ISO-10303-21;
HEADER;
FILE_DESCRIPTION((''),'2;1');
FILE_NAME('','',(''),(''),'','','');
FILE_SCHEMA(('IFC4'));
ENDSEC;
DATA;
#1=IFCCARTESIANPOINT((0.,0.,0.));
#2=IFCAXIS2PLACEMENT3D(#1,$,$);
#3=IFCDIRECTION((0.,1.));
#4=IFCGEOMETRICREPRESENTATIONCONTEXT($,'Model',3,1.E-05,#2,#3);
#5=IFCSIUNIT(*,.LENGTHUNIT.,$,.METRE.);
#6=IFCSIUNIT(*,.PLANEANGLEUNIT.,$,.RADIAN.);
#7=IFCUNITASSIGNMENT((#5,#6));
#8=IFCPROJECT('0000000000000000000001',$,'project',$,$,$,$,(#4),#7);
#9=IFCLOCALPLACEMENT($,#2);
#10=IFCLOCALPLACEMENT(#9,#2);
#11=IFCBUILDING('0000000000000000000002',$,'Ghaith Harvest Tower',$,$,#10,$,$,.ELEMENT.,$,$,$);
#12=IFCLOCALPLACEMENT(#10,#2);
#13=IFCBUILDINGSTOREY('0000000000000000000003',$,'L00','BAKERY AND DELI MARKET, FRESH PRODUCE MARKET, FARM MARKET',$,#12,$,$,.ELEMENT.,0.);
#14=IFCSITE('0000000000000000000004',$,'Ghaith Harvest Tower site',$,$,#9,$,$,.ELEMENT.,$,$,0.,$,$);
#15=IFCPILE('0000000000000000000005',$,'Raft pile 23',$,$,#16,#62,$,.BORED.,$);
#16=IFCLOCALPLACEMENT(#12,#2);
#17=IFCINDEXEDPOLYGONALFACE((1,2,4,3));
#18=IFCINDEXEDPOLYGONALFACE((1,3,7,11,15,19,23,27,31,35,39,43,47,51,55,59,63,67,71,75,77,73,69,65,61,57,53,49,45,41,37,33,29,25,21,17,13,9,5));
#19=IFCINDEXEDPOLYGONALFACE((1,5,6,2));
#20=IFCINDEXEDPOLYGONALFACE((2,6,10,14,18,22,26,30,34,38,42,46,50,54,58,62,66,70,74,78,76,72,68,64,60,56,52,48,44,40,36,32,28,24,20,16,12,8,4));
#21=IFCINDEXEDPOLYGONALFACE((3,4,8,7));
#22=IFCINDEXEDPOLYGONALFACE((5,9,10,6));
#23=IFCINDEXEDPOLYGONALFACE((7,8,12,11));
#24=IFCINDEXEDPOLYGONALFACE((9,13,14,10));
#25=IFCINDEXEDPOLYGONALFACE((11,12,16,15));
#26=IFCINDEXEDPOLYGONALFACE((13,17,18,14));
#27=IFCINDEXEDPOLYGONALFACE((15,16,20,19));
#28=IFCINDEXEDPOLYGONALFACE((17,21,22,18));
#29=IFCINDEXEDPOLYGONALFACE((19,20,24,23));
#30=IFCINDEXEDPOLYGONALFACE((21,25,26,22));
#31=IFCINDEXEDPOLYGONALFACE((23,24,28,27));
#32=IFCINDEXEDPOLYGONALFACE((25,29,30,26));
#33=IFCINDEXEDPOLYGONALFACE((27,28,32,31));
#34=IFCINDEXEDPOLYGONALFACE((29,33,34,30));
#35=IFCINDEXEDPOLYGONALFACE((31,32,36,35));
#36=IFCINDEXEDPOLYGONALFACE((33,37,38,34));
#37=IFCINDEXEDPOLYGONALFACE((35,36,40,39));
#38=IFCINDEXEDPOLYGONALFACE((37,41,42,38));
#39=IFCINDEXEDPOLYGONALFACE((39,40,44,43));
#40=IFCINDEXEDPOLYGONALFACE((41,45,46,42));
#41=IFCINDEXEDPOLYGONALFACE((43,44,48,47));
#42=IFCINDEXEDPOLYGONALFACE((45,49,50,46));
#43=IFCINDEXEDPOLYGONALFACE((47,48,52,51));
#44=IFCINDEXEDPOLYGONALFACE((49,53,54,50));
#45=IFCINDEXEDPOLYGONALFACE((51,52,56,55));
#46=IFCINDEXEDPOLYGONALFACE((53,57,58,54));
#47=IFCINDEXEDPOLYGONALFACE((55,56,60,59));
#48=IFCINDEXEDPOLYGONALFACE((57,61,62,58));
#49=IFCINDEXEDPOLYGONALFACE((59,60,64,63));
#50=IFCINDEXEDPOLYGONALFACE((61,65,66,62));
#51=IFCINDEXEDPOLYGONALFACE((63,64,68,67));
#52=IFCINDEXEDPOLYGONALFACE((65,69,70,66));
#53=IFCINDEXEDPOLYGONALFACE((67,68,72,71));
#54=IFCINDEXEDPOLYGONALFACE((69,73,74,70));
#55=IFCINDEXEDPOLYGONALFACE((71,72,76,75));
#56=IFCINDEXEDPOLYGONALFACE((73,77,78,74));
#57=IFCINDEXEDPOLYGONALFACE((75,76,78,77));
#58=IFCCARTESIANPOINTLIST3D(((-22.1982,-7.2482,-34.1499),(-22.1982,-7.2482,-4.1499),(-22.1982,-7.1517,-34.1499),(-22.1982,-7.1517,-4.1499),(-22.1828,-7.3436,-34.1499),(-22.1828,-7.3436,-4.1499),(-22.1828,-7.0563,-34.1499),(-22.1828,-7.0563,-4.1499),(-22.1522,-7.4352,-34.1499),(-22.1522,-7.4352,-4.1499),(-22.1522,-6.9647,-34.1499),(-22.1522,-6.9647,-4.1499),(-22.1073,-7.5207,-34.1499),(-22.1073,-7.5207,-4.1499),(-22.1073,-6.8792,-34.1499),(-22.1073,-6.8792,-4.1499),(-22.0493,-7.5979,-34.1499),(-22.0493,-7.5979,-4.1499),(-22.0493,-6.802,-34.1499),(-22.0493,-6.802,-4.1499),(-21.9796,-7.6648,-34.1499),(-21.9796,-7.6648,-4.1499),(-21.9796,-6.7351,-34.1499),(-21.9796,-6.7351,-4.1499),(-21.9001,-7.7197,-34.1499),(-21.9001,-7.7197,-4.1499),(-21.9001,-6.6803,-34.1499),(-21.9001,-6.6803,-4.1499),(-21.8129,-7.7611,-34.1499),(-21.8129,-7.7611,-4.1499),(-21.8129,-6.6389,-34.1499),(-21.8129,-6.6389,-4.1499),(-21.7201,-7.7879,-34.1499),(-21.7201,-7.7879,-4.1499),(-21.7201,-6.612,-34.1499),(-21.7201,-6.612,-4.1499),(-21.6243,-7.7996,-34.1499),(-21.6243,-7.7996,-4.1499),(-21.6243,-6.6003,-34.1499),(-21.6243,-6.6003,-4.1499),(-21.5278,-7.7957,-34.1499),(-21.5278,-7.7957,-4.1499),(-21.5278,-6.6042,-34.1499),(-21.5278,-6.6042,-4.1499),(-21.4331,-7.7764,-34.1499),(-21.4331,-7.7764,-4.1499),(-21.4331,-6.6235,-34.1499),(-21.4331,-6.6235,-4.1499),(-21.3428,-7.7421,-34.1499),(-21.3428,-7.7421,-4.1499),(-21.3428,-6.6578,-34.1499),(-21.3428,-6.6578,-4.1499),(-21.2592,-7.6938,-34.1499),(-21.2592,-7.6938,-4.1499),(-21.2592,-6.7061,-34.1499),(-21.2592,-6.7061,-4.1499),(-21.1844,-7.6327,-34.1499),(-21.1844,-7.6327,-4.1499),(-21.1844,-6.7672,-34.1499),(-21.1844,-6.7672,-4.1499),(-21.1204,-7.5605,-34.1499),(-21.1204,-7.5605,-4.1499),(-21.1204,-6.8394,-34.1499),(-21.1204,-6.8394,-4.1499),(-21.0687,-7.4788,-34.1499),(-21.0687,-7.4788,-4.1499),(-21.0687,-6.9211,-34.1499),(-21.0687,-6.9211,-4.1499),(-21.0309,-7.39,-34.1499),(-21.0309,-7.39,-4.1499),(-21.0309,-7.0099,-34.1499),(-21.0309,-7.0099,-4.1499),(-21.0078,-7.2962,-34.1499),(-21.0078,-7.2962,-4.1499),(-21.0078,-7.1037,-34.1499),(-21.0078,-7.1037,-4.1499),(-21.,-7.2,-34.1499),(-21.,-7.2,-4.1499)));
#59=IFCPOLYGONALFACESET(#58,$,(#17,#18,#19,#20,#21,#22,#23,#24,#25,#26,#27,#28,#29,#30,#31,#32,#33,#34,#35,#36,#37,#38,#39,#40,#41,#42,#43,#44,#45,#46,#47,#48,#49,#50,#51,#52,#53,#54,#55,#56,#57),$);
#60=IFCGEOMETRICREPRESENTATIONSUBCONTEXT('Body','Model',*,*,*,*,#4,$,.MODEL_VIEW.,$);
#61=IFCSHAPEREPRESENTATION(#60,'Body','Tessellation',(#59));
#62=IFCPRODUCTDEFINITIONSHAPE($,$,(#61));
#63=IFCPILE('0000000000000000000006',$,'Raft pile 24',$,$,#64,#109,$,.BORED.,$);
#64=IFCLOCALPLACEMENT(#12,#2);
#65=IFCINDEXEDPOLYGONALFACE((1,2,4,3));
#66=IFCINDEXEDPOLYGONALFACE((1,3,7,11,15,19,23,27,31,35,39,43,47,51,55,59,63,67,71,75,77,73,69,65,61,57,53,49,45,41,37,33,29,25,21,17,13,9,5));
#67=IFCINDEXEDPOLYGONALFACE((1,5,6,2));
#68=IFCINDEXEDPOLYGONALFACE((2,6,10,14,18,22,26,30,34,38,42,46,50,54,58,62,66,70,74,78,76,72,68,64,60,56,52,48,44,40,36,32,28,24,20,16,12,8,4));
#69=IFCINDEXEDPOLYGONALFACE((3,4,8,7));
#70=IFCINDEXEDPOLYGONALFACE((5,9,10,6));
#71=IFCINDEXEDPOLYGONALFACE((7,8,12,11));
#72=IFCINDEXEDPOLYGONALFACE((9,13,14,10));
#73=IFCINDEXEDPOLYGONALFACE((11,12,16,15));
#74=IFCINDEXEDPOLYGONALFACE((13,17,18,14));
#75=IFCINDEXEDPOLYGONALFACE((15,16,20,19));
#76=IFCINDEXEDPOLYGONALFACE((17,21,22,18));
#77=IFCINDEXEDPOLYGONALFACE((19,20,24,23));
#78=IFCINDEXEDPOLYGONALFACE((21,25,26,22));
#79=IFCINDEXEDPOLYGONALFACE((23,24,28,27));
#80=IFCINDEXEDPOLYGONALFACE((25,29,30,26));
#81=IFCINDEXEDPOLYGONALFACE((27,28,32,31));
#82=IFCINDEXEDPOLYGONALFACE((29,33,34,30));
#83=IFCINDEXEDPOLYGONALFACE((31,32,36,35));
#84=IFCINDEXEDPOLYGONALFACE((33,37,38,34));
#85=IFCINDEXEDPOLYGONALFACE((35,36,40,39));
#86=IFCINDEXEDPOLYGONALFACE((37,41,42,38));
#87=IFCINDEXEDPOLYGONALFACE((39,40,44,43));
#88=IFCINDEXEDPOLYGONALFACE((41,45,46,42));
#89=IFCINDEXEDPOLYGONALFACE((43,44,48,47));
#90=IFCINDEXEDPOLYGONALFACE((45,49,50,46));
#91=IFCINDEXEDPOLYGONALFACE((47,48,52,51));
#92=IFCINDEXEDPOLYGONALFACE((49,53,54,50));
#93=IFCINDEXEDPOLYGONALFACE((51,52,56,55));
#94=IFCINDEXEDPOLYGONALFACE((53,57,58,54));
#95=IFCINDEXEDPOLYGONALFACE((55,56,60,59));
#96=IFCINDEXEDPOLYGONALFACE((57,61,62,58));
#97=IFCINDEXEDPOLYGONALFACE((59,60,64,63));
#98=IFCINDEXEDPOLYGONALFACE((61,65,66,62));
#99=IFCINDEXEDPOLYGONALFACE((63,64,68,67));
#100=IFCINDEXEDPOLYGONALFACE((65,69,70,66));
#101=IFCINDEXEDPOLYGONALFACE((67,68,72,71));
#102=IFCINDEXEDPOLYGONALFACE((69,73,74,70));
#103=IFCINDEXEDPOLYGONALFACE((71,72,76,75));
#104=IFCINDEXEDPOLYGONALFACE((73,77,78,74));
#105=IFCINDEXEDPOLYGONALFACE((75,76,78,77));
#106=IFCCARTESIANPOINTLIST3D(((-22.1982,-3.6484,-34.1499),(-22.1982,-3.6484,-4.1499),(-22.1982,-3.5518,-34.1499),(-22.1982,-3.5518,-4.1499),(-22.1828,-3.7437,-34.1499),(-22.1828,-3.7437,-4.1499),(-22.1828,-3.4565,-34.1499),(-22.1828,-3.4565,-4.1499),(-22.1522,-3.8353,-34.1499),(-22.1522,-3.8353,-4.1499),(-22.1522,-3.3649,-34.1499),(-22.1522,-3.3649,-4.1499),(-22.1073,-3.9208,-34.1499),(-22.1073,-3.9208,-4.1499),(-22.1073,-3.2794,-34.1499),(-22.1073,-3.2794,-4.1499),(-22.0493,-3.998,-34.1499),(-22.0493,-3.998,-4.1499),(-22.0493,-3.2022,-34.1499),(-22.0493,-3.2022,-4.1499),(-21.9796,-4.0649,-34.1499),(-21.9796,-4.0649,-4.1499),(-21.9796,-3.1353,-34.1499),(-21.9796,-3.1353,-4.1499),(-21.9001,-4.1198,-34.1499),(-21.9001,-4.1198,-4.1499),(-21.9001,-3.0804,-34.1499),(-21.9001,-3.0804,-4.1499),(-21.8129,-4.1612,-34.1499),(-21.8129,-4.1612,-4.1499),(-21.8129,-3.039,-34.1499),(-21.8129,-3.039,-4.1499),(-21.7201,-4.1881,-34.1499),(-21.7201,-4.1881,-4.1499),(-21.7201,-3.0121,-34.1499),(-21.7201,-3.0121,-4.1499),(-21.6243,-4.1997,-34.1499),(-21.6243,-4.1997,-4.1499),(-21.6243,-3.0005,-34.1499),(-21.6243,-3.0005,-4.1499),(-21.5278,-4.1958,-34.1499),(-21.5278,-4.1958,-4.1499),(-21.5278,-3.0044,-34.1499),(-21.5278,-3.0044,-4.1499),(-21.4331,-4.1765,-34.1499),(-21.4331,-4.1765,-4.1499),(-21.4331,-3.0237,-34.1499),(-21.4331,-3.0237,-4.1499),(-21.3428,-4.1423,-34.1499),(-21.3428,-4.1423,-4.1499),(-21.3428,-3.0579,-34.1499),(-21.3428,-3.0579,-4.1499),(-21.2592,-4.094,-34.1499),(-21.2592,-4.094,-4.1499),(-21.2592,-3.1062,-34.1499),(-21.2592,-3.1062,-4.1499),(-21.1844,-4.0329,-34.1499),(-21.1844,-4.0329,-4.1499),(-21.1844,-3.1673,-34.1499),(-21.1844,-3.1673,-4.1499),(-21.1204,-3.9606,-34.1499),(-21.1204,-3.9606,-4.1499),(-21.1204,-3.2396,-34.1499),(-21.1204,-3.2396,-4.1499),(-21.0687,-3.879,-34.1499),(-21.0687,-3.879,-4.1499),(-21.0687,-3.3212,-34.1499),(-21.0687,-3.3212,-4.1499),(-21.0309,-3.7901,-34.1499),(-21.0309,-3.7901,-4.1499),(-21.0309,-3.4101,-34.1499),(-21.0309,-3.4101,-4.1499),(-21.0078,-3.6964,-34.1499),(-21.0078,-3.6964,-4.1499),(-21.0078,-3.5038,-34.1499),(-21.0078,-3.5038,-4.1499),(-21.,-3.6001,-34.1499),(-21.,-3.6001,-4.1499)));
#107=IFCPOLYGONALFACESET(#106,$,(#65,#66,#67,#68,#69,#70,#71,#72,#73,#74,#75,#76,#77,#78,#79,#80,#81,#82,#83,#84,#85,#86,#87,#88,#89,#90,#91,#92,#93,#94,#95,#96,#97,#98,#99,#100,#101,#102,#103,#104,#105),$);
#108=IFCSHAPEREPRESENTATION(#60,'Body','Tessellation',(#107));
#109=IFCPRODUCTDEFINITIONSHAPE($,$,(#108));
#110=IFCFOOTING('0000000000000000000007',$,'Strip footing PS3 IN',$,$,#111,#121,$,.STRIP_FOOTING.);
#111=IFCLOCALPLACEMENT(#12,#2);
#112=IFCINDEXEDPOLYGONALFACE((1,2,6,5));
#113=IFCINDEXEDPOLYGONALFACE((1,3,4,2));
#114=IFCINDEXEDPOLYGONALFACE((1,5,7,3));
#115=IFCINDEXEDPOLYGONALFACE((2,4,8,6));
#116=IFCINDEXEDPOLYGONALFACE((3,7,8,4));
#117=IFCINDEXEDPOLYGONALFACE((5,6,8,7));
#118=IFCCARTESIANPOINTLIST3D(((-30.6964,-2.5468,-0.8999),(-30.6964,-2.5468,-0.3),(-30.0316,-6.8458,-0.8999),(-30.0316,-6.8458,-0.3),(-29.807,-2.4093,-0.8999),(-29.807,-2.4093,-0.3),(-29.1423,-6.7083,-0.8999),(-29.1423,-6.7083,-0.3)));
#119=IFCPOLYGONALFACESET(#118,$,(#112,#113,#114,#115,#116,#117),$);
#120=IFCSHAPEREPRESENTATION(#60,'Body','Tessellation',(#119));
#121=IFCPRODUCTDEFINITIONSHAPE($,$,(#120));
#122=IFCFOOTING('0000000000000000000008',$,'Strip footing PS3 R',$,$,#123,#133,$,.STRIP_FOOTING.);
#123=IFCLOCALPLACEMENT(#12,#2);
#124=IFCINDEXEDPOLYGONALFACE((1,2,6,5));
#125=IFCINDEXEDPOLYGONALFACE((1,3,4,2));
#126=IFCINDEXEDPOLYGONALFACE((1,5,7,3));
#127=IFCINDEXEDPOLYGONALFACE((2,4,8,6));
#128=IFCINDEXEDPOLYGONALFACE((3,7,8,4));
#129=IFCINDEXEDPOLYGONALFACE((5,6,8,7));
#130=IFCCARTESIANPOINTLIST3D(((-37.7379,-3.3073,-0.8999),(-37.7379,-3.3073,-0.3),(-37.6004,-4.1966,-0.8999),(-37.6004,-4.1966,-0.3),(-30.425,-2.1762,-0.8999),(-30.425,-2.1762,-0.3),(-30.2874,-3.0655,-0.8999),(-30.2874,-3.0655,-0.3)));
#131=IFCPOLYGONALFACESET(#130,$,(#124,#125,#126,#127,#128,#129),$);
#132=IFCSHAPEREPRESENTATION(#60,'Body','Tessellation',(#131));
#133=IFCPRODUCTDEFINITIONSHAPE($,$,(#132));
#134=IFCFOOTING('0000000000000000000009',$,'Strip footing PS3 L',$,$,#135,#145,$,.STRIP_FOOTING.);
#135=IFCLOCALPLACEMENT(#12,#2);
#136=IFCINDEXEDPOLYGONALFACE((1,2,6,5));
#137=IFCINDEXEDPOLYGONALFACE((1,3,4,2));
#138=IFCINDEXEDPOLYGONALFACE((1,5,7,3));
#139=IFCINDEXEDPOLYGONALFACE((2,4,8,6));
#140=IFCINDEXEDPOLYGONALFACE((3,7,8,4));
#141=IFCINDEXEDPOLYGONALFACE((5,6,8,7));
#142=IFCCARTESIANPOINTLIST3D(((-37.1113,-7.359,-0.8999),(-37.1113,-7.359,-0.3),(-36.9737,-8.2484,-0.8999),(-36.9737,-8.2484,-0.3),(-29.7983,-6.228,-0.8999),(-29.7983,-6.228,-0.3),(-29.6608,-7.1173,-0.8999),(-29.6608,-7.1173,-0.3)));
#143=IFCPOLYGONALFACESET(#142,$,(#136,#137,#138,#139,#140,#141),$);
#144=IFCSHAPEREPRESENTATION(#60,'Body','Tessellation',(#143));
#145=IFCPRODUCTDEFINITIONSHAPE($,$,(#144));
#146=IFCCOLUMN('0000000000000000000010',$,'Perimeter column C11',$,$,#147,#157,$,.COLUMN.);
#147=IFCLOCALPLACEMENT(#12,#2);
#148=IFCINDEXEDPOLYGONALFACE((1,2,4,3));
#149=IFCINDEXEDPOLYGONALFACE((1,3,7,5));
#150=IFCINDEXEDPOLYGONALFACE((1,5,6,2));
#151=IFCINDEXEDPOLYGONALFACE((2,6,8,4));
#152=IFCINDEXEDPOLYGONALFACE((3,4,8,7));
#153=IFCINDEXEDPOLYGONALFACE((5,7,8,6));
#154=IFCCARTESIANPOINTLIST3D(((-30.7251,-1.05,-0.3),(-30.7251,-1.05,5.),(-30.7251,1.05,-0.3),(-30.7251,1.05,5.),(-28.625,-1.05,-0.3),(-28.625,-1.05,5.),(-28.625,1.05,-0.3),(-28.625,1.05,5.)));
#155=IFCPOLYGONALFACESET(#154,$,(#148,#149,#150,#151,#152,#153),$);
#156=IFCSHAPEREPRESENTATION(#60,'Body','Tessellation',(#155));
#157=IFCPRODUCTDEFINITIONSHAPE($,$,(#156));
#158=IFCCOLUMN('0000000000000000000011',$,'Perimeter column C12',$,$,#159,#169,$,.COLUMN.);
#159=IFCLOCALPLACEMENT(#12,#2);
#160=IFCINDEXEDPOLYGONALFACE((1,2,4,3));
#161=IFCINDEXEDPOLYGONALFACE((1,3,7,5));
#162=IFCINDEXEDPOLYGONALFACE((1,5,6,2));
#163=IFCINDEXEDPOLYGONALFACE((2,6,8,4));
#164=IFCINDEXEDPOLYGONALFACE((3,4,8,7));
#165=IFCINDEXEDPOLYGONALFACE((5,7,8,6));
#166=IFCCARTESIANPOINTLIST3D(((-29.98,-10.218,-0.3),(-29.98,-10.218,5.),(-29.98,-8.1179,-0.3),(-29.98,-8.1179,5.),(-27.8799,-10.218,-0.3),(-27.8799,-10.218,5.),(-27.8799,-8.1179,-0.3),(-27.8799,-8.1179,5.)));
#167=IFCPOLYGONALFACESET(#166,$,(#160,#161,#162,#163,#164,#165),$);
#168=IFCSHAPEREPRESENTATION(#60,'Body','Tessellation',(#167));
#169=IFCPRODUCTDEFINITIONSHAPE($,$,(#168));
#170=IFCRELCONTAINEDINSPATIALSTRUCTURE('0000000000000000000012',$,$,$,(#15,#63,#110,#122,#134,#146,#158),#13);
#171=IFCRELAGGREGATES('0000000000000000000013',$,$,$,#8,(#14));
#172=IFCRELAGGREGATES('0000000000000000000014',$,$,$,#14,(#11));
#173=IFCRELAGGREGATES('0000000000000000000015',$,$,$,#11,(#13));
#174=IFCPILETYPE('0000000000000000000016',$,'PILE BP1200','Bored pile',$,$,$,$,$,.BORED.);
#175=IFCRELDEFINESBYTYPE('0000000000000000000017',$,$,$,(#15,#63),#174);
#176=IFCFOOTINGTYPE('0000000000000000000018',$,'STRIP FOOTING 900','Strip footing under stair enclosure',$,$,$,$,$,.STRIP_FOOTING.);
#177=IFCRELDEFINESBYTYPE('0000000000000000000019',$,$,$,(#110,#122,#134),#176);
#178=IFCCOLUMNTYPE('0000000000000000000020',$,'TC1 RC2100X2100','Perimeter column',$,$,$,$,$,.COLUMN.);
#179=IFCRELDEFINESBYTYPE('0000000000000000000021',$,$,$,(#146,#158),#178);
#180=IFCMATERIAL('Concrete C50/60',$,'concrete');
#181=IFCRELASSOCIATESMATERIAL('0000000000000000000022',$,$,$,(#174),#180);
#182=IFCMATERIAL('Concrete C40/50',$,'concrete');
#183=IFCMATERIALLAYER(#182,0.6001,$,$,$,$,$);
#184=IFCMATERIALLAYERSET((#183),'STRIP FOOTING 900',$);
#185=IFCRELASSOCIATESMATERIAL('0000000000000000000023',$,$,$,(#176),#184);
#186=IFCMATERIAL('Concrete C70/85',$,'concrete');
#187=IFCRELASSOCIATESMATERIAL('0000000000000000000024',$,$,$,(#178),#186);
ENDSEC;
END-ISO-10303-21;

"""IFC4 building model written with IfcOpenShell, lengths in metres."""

from ifc_helpers import new_model, si_unit, direction, frame, frame_2d, origin, origin_2d, place, context, subcontext, project, spatial, rectangle, circle, extrude, material, layer, layer_set, material_profile, profile_set, type_object, element, save


model = new_model("IFC4")

# Units and contexts
model_context = context("Model", 3, precision=1e-05, world=origin(), true_north=direction((0.0, 1.0)))
body_context = subcontext(model_context, "Body", "Model", "MODEL_VIEW")
ifc_project = project(units=[si_unit("LENGTHUNIT", "METRE"), si_unit("PLANEANGLEUNIT", "RADIAN")], contexts=[model_context])

# Site, building, storey
site_placement = place(None, origin())
site = spatial("IfcSite", under=ifc_project, at=site_placement, Name="Ghaith Harvest Tower site", CompositionType="ELEMENT", RefElevation=0.0)
building_placement = place(site_placement, origin())
building = spatial("IfcBuilding", under=site, at=building_placement, Name="Ghaith Harvest Tower", CompositionType="ELEMENT")
storey_placement = place(building_placement, origin())
storey = spatial("IfcBuildingStorey", under=building, at=storey_placement, Name="L00", Description="BAKERY AND DELI MARKET, FRESH PRODUCE MARKET, FARM MARKET", CompositionType="ELEMENT", Elevation=0.0)

# Piles
ifc_material_1 = material(Name="Concrete C50/60", Category="concrete")
ifc_material_profile_1 = material_profile(ifc_material_1, circle(Radius=0.6001, at=origin_2d()), Name="PILE1200")
ifc_profile_set_1 = profile_set([ifc_material_profile_1], Name="Concrete C50/60")
pile_type = type_object("IfcPileType", Name="PILE BP1200", Description="Bored pile", PredefinedType="BORED", material=ifc_profile_set_1)
for number, where, z_axis, x_axis, name in (
    (1, (-21.6001, -7.2, -4.1499), (0.0, 0.0, -1.0), (1.0, 0.0, 0.0), "Raft pile 23"),
    (2, (-21.6001, -3.6001, -4.1499), (0.0, 0.0, -1.0), (1.0, 0.0, 0.0), "Raft pile 24"),
):
    element("IfcPile", number, at=place(storey_placement, frame(where, z_axis=z_axis, x_axis=x_axis)), inside=storey, type_object=pile_type, Name=name, PredefinedType="BORED", context=body_context, shape_type="SweptSolid", body=[
        extrude(circle(Radius=0.6001, at=origin_2d()), origin(), (0.0, 0.0, 1.0), 30.0),
    ])

# Footings
ifc_material_2 = material(Name="Concrete C40/50", Category="concrete")
ifc_layer_1 = layer(ifc_material_2, 0.6001)
ifc_layer_set_1 = layer_set([ifc_layer_1], Name="STRIP FOOTING 900")
footing_type = type_object("IfcFootingType", Name="STRIP FOOTING 900", Description="Strip footing under stair enclosure", PredefinedType="STRIP_FOOTING", material=ifc_layer_set_1)
footing_placement = place(storey_placement, frame((-30.2517, -2.478, -0.8999), z_axis=(0.0, 0.0, 1.0), x_axis=(0.15282, -0.988254, 0.0)))
element("IfcFooting", 3, at=footing_placement, inside=storey, type_object=footing_type, Name="Strip footing PS3 IN", PredefinedType="STRIP_FOOTING", context=body_context, shape_type="SweptSolid", body=[
    extrude(rectangle(XDim=4.3501, YDim=0.8999, at=frame_2d((2.175, 0.0))), origin(), (0.0, 0.0, 1.0), 0.5999),
])
for number, where, z_axis, x_axis, name in (
    (4, (-30.3562, -2.6208, -0.8999), (0.0, 0.0, 1.0), (-0.988249, -0.152853, 0.0), "Strip footing PS3 R"),
    (5, (-37.0425, -7.8037, -0.8999), (0.0, 0.0, 1.0), (0.988249, 0.152853, 0.0), "Strip footing PS3 L"),
):
    element("IfcFooting", number, at=place(storey_placement, frame(where, z_axis=z_axis, x_axis=x_axis)), inside=storey, type_object=footing_type, Name=name, PredefinedType="STRIP_FOOTING", context=body_context, shape_type="SweptSolid", body=[
        extrude(rectangle(XDim=7.3999, YDim=0.8999, at=frame_2d((3.7, 0.0))), origin(), (0.0, 0.0, 1.0), 0.5999),
    ])

# Columns
ifc_material_3 = material(Name="Concrete C70/85", Category="concrete")
ifc_material_profile_2 = material_profile(ifc_material_3, rectangle(XDim=2.1001, YDim=2.1001, at=origin_2d()), Name="RC2100X2100")
ifc_profile_set_2 = profile_set([ifc_material_profile_2], Name="Concrete C70/85")
column_type = type_object("IfcColumnType", Name="TC1 RC2100X2100", Description="Perimeter column", PredefinedType="COLUMN", material=ifc_profile_set_2)
for number, where, z_axis, x_axis, name in (
    (6, (-29.675, 0.0, -0.3), (0.0, 0.0, 1.0), (1.0, 0.0, 0.0), "Perimeter column C11"),
    (7, (-28.9299, -9.168, -0.3), (0.0, 0.0, 1.0), (1.0, 0.0, 0.0), "Perimeter column C12"),
):
    element("IfcColumn", number, at=place(storey_placement, frame(where, z_axis=z_axis, x_axis=x_axis)), inside=storey, type_object=column_type, Name=name, PredefinedType="COLUMN", context=body_context, shape_type="SweptSolid", body=[
        extrude(rectangle(XDim=2.1001, YDim=2.1001, at=origin_2d()), origin(), (0.0, 0.0, 1.0), 5.3),
    ])

save(model, "model.ifc")
